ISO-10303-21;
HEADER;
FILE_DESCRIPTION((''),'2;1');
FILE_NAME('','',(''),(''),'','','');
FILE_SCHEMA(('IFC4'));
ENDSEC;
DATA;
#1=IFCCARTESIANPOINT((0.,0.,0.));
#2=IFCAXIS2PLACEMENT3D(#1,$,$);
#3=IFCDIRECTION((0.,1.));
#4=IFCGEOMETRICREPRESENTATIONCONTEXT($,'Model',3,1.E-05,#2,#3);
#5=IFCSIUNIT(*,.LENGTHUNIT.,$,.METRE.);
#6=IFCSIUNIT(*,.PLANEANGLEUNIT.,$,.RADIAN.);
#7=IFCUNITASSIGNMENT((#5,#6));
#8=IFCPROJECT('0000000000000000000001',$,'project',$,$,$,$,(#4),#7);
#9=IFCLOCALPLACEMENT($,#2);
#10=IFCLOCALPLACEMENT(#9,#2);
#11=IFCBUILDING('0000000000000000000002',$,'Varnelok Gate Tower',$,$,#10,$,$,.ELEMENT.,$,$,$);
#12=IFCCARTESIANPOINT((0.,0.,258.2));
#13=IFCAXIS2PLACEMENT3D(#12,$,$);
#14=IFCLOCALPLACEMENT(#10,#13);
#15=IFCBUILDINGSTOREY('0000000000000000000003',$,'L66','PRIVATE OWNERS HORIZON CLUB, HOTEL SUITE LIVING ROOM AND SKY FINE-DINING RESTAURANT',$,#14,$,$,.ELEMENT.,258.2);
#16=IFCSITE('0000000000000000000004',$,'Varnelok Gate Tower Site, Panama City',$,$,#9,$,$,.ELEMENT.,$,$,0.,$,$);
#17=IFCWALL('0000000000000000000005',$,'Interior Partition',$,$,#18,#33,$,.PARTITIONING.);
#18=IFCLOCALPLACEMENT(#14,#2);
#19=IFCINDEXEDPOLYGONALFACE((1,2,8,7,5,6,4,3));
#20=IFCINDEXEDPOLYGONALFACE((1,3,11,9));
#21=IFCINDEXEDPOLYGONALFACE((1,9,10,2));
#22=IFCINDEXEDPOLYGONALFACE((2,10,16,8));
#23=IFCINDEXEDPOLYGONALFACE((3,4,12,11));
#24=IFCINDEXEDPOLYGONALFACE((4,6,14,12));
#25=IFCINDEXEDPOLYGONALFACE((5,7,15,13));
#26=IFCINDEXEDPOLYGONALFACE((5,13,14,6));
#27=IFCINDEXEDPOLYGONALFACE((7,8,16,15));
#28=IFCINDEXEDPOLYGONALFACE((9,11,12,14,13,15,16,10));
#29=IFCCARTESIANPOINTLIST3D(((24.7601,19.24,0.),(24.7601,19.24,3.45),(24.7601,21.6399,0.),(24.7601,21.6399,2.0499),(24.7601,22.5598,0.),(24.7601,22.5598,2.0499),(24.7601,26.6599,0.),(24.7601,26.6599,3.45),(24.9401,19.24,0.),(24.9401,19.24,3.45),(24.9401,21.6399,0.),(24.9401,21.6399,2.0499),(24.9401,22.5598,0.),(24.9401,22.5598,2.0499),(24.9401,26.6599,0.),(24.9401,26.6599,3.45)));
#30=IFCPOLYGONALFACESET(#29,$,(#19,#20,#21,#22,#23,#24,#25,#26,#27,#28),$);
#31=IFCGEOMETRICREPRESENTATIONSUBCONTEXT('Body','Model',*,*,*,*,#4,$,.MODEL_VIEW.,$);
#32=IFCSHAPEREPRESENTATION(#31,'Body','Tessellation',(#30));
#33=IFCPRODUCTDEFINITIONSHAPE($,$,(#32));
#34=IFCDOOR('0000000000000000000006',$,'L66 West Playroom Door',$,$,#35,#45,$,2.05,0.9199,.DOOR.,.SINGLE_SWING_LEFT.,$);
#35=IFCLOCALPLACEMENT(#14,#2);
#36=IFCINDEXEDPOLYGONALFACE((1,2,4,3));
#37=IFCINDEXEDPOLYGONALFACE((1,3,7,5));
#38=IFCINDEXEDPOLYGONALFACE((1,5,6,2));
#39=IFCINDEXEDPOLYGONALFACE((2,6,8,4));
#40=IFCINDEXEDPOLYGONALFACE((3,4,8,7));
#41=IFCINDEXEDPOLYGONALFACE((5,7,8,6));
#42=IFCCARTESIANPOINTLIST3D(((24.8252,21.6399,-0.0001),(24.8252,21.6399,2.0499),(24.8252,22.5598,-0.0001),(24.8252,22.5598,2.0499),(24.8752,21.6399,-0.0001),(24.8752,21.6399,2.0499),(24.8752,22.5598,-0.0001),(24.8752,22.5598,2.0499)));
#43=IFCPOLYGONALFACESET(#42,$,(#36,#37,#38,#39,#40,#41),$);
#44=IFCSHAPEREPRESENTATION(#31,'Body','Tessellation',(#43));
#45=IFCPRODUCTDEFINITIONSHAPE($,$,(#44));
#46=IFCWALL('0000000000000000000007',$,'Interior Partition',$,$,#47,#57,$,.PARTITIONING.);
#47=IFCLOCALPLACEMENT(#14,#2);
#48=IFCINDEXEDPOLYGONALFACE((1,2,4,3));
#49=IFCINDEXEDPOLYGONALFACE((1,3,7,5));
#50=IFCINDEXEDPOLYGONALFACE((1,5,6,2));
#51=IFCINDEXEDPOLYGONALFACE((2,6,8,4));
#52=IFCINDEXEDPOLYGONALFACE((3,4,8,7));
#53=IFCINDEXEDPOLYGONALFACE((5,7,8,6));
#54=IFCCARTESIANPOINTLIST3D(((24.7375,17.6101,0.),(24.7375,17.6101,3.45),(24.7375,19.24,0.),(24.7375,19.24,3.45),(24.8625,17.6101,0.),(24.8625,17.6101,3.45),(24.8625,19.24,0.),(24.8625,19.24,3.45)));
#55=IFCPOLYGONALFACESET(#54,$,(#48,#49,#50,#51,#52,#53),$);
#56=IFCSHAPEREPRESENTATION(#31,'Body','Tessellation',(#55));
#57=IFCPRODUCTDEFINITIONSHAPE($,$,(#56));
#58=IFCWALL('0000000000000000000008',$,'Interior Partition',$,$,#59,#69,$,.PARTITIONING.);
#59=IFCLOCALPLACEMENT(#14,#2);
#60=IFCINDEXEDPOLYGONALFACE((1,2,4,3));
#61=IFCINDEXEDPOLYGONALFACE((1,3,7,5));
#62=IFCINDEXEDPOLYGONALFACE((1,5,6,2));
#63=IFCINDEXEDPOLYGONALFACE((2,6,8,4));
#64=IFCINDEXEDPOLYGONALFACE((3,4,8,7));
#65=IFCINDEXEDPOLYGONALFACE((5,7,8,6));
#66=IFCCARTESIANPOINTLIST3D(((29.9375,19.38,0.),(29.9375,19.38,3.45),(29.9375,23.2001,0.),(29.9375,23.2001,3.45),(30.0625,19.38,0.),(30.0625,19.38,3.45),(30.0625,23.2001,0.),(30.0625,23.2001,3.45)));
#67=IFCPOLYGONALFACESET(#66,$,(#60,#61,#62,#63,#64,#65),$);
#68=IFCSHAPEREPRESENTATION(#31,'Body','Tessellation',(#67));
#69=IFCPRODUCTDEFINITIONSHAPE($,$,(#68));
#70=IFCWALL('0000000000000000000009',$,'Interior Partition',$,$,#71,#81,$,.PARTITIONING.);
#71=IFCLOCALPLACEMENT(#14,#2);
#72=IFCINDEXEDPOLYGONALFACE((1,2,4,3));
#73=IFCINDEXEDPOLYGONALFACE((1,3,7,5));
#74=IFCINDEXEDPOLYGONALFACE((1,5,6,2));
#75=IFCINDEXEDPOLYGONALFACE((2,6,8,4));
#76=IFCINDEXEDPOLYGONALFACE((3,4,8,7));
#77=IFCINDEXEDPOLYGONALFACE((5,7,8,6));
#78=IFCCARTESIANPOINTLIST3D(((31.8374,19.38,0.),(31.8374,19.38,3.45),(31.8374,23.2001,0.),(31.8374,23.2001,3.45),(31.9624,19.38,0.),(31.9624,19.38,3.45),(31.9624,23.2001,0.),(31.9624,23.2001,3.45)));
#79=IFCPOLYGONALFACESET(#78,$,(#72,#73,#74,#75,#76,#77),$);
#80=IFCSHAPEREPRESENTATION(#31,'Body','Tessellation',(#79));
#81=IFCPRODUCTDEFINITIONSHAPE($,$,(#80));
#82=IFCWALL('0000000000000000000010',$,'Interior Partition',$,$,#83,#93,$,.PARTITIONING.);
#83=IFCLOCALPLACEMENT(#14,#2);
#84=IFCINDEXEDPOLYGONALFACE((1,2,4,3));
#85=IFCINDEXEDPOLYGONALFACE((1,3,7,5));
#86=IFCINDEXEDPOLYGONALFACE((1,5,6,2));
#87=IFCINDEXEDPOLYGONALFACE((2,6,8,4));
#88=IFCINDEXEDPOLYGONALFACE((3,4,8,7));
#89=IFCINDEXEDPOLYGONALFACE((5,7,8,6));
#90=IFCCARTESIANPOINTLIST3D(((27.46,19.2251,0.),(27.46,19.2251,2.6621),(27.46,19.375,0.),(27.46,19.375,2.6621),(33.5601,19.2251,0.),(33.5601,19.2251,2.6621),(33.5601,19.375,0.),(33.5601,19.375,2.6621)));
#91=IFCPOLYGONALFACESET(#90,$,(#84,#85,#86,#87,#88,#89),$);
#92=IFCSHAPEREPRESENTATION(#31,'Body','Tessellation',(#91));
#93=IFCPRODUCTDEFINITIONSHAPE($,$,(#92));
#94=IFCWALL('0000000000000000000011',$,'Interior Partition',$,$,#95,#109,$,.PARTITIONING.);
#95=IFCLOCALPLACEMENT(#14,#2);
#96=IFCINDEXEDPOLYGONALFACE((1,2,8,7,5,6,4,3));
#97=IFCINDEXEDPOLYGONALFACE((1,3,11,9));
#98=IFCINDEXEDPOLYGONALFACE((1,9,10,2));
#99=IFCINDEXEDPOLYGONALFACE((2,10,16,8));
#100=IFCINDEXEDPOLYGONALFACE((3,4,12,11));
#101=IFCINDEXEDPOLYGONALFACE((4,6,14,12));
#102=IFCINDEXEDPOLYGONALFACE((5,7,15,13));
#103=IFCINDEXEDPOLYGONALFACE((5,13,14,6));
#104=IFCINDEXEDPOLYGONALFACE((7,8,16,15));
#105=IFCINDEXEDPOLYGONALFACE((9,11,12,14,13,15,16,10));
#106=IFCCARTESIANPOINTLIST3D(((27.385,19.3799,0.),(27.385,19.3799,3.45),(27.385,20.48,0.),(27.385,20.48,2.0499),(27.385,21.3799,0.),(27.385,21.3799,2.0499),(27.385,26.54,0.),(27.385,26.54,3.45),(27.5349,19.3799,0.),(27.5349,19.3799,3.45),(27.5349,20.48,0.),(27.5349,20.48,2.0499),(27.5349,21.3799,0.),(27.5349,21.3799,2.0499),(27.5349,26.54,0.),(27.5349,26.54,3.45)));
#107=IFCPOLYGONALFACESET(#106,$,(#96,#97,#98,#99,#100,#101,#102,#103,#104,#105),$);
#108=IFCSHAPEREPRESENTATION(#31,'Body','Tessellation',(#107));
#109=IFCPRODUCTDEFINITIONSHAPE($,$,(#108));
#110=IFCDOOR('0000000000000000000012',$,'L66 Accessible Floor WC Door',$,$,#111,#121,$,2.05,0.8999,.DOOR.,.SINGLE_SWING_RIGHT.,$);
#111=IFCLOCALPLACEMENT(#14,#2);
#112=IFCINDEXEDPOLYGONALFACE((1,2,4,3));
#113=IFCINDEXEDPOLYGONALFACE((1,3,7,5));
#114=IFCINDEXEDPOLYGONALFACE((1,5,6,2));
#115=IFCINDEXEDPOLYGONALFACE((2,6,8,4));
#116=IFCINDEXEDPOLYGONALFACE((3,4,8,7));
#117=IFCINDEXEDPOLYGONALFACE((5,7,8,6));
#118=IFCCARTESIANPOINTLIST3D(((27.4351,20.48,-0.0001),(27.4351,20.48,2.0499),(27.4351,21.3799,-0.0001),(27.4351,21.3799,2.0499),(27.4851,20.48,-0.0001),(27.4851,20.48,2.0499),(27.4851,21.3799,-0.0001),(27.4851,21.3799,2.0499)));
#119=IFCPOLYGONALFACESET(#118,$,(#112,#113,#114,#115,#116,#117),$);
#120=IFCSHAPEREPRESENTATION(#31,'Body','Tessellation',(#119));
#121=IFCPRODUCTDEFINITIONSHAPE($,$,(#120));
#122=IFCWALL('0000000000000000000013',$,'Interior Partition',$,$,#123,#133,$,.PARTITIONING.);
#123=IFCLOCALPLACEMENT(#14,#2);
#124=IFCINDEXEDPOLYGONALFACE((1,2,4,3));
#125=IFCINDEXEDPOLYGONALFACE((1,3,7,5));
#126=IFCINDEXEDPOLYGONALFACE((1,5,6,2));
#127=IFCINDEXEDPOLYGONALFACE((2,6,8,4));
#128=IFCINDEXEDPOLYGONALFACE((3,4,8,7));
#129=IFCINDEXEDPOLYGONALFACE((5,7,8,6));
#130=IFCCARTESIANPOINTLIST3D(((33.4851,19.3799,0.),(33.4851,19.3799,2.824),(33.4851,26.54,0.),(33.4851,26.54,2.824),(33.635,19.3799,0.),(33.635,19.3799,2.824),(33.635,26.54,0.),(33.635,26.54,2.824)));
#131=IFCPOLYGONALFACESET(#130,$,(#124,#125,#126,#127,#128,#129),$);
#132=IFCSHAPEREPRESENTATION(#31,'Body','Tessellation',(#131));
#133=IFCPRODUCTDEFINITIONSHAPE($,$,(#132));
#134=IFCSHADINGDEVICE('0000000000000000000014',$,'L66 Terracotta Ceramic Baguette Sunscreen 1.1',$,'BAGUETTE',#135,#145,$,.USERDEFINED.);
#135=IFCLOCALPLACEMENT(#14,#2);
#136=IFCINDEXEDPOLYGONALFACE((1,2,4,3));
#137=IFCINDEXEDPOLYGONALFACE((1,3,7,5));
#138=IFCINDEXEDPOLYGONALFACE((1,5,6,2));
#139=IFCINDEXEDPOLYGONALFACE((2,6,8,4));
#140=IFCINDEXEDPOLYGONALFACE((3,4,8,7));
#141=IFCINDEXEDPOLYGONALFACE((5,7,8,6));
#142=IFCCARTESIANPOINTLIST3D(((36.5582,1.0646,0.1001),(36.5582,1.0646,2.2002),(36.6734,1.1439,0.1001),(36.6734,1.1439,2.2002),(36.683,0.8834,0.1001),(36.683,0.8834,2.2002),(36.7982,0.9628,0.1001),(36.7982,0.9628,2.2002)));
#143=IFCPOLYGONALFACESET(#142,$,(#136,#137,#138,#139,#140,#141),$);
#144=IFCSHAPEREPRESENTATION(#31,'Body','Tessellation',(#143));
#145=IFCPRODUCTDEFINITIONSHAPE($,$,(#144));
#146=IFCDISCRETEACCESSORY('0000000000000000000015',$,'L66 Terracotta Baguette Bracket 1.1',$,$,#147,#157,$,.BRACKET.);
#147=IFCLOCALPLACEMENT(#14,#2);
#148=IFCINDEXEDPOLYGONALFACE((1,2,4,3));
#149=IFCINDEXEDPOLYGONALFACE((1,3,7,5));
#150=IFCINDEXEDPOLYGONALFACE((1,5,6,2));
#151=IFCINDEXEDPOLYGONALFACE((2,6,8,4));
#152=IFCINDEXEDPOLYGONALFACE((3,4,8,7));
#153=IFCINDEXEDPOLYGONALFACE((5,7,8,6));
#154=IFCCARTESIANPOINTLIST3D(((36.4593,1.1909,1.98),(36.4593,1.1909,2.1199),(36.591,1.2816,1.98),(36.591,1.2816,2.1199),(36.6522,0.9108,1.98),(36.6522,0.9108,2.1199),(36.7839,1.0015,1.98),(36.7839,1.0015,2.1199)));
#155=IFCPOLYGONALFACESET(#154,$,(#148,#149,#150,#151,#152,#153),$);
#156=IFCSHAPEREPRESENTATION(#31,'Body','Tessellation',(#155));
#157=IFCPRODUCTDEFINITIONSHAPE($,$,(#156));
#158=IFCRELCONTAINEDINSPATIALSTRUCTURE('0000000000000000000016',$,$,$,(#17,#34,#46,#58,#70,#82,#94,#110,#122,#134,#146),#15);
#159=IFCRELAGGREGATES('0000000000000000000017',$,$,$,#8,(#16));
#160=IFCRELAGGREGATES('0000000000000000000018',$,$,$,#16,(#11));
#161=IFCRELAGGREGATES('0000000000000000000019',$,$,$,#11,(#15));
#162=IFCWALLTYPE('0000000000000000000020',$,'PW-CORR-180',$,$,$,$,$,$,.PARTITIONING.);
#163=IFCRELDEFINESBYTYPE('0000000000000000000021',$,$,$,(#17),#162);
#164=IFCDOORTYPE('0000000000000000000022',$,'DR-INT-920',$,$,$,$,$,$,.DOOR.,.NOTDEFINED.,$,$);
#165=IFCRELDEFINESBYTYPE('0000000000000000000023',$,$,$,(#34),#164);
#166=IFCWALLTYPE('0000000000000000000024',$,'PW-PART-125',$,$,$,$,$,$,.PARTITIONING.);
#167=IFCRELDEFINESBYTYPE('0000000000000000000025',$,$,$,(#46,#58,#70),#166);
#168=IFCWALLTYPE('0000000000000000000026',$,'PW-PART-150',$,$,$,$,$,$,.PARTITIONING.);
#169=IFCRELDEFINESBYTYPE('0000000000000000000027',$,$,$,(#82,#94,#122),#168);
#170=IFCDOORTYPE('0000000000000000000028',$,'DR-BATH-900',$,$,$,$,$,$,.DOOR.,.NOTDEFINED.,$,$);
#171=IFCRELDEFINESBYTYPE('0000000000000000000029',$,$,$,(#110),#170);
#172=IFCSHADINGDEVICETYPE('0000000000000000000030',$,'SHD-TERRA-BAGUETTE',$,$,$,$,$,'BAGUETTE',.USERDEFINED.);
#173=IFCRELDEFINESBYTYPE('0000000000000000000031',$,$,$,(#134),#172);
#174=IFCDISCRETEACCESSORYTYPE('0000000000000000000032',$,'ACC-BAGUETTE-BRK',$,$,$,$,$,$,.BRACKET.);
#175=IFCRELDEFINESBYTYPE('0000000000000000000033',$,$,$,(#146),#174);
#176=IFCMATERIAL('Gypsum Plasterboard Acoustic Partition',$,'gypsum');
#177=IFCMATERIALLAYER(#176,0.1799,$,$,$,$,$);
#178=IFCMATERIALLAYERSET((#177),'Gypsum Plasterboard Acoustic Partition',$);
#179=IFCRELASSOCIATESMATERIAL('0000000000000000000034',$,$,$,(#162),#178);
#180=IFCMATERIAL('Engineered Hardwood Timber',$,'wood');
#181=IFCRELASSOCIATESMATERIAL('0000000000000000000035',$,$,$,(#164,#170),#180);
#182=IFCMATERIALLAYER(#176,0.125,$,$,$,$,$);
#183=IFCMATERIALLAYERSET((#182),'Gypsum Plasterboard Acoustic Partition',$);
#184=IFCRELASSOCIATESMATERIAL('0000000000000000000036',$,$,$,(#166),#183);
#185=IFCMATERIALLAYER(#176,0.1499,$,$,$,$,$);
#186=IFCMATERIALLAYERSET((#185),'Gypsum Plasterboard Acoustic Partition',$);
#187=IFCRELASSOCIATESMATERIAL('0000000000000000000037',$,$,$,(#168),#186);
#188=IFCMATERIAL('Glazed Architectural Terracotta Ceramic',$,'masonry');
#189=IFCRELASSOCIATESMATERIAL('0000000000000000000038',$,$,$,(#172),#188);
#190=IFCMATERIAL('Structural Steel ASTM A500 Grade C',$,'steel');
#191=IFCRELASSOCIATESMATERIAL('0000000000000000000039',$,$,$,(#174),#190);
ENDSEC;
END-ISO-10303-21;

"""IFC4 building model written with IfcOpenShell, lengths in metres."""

from ifc_helpers import new_model, si_unit, direction, frame, frame_2d, origin, origin_2d, place, context, subcontext, project, spatial, rectangle, extrude, source, transform, mapped, material, layer, layer_set, type_object, element, fill, save


model = new_model("IFC4")

# Units and contexts
model_context = context("Model", 3, precision=1e-05, world=origin(), true_north=direction((0.0, 1.0)))
body_context = subcontext(model_context, "Body", "Model", "MODEL_VIEW")
ifc_project = project(units=[si_unit("LENGTHUNIT", "METRE"), si_unit("PLANEANGLEUNIT", "RADIAN")], contexts=[model_context])

# Site, building, storey
site_placement = place(None, origin())
site = spatial("IfcSite", under=ifc_project, at=site_placement, Name="Varnelok Gate Tower Site, Panama City", CompositionType="ELEMENT", RefElevation=0.0)
building_placement = place(site_placement, origin())
building = spatial("IfcBuilding", under=site, at=building_placement, Name="Varnelok Gate Tower", CompositionType="ELEMENT")
storey_placement = place(building_placement, frame((0.0, 0.0, 258.2)))
storey = spatial("IfcBuildingStorey", under=building, at=storey_placement, Name="L66", Description="PRIVATE OWNERS HORIZON CLUB, HOTEL SUITE LIVING ROOM AND SKY FINE-DINING RESTAURANT", CompositionType="ELEMENT", Elevation=258.2)

# Wall, opening, door
ifc_material_1 = material(Name="Gypsum Plasterboard Acoustic Partition", Category="gypsum")
ifc_layer_1 = layer(ifc_material_1, 0.1799)
ifc_layer_set_1 = layer_set([ifc_layer_1], Name="Gypsum Plasterboard Acoustic Partition")
wall_type_1 = type_object("IfcWallType", Name="PW-CORR-180", PredefinedType="PARTITIONING", material=ifc_layer_set_1)
ifc_material_2 = material(Name="Engineered Hardwood Timber", Category="wood")
wall_1_placement = place(storey_placement, frame((24.8501, 19.24, 0.0), z_axis=(0.0, 0.0, 1.0), x_axis=(0.0, 1.0, 0.0)))
wall_1 = element("IfcWall", 1, at=wall_1_placement, inside=storey, type_object=wall_type_1, Name="Interior Partition", PredefinedType="PARTITIONING", context=body_context, shape_type="SweptSolid", body=[
    extrude(rectangle(XDim=7.4199, YDim=0.1799, at=frame_2d((3.71, 0.0))), origin(), (0.0, 0.0, 1.0), 3.45),
])
opening_1_placement = place(wall_1_placement, frame((2.3999, 0.0, 0.0)))
opening_1 = element("IfcOpeningElement", 2, at=opening_1_placement, cuts=wall_1, PredefinedType="OPENING", context=body_context, shape_type="SweptSolid", body=[
    extrude(rectangle(XDim=0.9199, YDim=2.05, at=frame_2d((0.46, 1.0249))), frame((0.0, 0.0999, 0.0), z_axis=(0.0, -1.0, 0.0), x_axis=(1.0, 0.0, 0.0)), (0.0, 0.0, 1.0), 0.2),
])
door_type_1 = type_object("IfcDoorType", Name="DR-INT-920", OperationType="NOTDEFINED", PredefinedType="DOOR", material=ifc_material_2)
door_1_placement = place(opening_1_placement, origin())
door_1 = element("IfcDoor", 3, at=door_1_placement, inside=storey, type_object=door_type_1, Name="L66 West Playroom Door", OperationType="SINGLE_SWING_LEFT", OverallHeight=2.05, OverallWidth=0.9199, PredefinedType="DOOR", context=body_context, shape_type="SweptSolid", body=[
    extrude(rectangle(XDim=0.9199, YDim=2.05, at=frame_2d((0.46, 1.0249))), frame((0.0, 0.0249, 0.0), z_axis=(0.0, -1.0, 0.0), x_axis=(1.0, 0.0, 0.0)), (0.0, 0.0, 1.0), 0.05),
])
fill(opening_1, door_1)

# Walls
ifc_layer_2 = layer(ifc_material_1, 0.125)
ifc_layer_set_2 = layer_set([ifc_layer_2], Name="Gypsum Plasterboard Acoustic Partition")
wall_type_2 = type_object("IfcWallType", Name="PW-PART-125", PredefinedType="PARTITIONING", material=ifc_layer_set_2)
wall_2_placement = place(storey_placement, frame((24.8, 17.6101, 0.0), z_axis=(0.0, 0.0, 1.0), x_axis=(0.0, 1.0, 0.0)))
element("IfcWall", 4, at=wall_2_placement, inside=storey, type_object=wall_type_2, Name="Interior Partition", PredefinedType="PARTITIONING", context=body_context, shape_type="SweptSolid", body=[
    extrude(rectangle(XDim=1.6299, YDim=0.125, at=frame_2d((0.8149, 0.0))), origin(), (0.0, 0.0, 1.0), 3.45),
])
for number, where, z_axis, x_axis, name in (
    (5, (30.0, 19.3799, 0.0), (0.0, 0.0, 1.0), (0.0, 1.0, 0.0), "Interior Partition"),
    (6, (31.8999, 19.3799, 0.0), (0.0, 0.0, 1.0), (0.0, 1.0, 0.0), "Interior Partition"),
):
    element("IfcWall", number, at=place(storey_placement, frame(where, z_axis=z_axis, x_axis=x_axis)), inside=storey, type_object=wall_type_2, Name=name, PredefinedType="PARTITIONING", context=body_context, shape_type="SweptSolid", body=[
        extrude(rectangle(XDim=3.8201, YDim=0.125, at=frame_2d((1.9102, 0.0))), origin(), (0.0, 0.0, 1.0), 3.45),
    ])
ifc_layer_3 = layer(ifc_material_1, 0.1499)
ifc_layer_set_3 = layer_set([ifc_layer_3], Name="Gypsum Plasterboard Acoustic Partition")
wall_type_3 = type_object("IfcWallType", Name="PW-PART-150", PredefinedType="PARTITIONING", material=ifc_layer_set_3)
wall_3_placement = place(storey_placement, frame((27.46, 19.3, 0.0), z_axis=(0.0, 0.0, 1.0), x_axis=(1.0, 0.0, 0.0)))
element("IfcWall", 7, at=wall_3_placement, inside=storey, type_object=wall_type_3, Name="Interior Partition", PredefinedType="PARTITIONING", context=body_context, shape_type="SweptSolid", body=[
    extrude(rectangle(XDim=6.1001, YDim=0.1499, at=frame_2d((3.05, 0.0))), origin(), (0.0, 0.0, 1.0), 2.6621),
])

# Wall, opening, door
wall_4_placement = place(storey_placement, frame((27.46, 19.3799, 0.0), z_axis=(0.0, 0.0, 1.0), x_axis=(0.0, 1.0, 0.0)))
wall_4 = element("IfcWall", 8, at=wall_4_placement, inside=storey, type_object=wall_type_3, Name="Interior Partition", PredefinedType="PARTITIONING", context=body_context, shape_type="SweptSolid", body=[
    extrude(rectangle(XDim=7.1602, YDim=0.1499, at=frame_2d((3.5801, 0.0))), origin(), (0.0, 0.0, 1.0), 3.45),
])
opening_2_placement = place(wall_4_placement, frame((1.1001, 0.0, 0.0)))
opening_2 = element("IfcOpeningElement", 9, at=opening_2_placement, cuts=wall_4, PredefinedType="OPENING", context=body_context, shape_type="SweptSolid", body=[
    extrude(rectangle(XDim=0.8999, YDim=2.05, at=frame_2d((0.45, 1.0249))), frame((0.0, 0.085, 0.0), z_axis=(0.0, -1.0, 0.0), x_axis=(1.0, 0.0, 0.0)), (0.0, 0.0, 1.0), 0.1699),
])
door_type_2 = type_object("IfcDoorType", Name="DR-BATH-900", OperationType="NOTDEFINED", PredefinedType="DOOR", material=ifc_material_2)
door_2_placement = place(opening_2_placement, origin())
door_2 = element("IfcDoor", 10, at=door_2_placement, inside=storey, type_object=door_type_2, Name="L66 Accessible Floor WC Door", OperationType="SINGLE_SWING_RIGHT", OverallHeight=2.05, OverallWidth=0.8999, PredefinedType="DOOR", context=body_context, shape_type="SweptSolid", body=[
    extrude(rectangle(XDim=0.8999, YDim=2.05, at=frame_2d((0.45, 1.0249))), frame((0.0, 0.0249, 0.0), z_axis=(0.0, -1.0, 0.0), x_axis=(1.0, 0.0, 0.0)), (0.0, 0.0, 1.0), 0.05),
])
fill(opening_2, door_2)

# Wall
wall_5_placement = place(storey_placement, frame((33.5601, 19.3799, 0.0), z_axis=(0.0, 0.0, 1.0), x_axis=(0.0, 1.0, 0.0)))
element("IfcWall", 11, at=wall_5_placement, inside=storey, type_object=wall_type_3, Name="Interior Partition", PredefinedType="PARTITIONING", context=body_context, shape_type="SweptSolid", body=[
    extrude(rectangle(XDim=7.1602, YDim=0.1499, at=frame_2d((3.5801, 0.0))), origin(), (0.0, 0.0, 1.0), 2.824),
])

# Shading device
ifc_material_3 = material(Name="Glazed Architectural Terracotta Ceramic", Category="masonry")
shading_device_type = type_object("IfcShadingDeviceType", Name="SHD-TERRA-BAGUETTE", ElementType="BAGUETTE", PredefinedType="USERDEFINED", material=ifc_material_3)
shared_shape_1 = source(origin(), body_context, "Body", "SweptSolid", [
    extrude(rectangle(XDim=0.1399, YDim=0.22, at=origin_2d()), origin(), (0.0, 0.0, 1.0), 2.1001),
])
shading_device_placement = place(storey_placement, frame((36.6782, 1.0137, 0.1001), z_axis=(0.0, 0.0, 1.0), x_axis=(0.823533, 0.567269, 0.0)))
element("IfcShadingDevice", 12, at=shading_device_placement, inside=storey, type_object=shading_device_type, Name="L66 Terracotta Ceramic Baguette Sunscreen 1.1", ObjectType="BAGUETTE", PredefinedType="USERDEFINED", context=body_context, shape_type="MappedRepresentation", body=[
    mapped(shared_shape_1, transform((0.0, 0.0, 0.0), scale=1.0)),
])

# Discrete accessory
ifc_material_4 = material(Name="Structural Steel ASTM A500 Grade C", Category="steel")
discrete_accessory_type = type_object("IfcDiscreteAccessoryType", Name="ACC-BAGUETTE-BRK", PredefinedType="BRACKET", material=ifc_material_4)
shared_shape_2 = source(origin(), body_context, "Body", "SweptSolid", [
    extrude(rectangle(XDim=0.1599, YDim=0.3401, at=origin_2d()), origin(), (0.0, 0.0, 1.0), 0.1399),
])
discrete_accessory_placement = place(storey_placement, frame((36.6216, 1.0962, 1.98), z_axis=(0.0, 0.0, 1.0), x_axis=(0.823533, 0.567269, 0.0)))
element("IfcDiscreteAccessory", 13, at=discrete_accessory_placement, inside=storey, type_object=discrete_accessory_type, Name="L66 Terracotta Baguette Bracket 1.1", PredefinedType="BRACKET", context=body_context, shape_type="MappedRepresentation", body=[
    mapped(shared_shape_2, transform((0.0, 0.0, 0.0), scale=1.0)),
])

save(model, "model.ifc")
